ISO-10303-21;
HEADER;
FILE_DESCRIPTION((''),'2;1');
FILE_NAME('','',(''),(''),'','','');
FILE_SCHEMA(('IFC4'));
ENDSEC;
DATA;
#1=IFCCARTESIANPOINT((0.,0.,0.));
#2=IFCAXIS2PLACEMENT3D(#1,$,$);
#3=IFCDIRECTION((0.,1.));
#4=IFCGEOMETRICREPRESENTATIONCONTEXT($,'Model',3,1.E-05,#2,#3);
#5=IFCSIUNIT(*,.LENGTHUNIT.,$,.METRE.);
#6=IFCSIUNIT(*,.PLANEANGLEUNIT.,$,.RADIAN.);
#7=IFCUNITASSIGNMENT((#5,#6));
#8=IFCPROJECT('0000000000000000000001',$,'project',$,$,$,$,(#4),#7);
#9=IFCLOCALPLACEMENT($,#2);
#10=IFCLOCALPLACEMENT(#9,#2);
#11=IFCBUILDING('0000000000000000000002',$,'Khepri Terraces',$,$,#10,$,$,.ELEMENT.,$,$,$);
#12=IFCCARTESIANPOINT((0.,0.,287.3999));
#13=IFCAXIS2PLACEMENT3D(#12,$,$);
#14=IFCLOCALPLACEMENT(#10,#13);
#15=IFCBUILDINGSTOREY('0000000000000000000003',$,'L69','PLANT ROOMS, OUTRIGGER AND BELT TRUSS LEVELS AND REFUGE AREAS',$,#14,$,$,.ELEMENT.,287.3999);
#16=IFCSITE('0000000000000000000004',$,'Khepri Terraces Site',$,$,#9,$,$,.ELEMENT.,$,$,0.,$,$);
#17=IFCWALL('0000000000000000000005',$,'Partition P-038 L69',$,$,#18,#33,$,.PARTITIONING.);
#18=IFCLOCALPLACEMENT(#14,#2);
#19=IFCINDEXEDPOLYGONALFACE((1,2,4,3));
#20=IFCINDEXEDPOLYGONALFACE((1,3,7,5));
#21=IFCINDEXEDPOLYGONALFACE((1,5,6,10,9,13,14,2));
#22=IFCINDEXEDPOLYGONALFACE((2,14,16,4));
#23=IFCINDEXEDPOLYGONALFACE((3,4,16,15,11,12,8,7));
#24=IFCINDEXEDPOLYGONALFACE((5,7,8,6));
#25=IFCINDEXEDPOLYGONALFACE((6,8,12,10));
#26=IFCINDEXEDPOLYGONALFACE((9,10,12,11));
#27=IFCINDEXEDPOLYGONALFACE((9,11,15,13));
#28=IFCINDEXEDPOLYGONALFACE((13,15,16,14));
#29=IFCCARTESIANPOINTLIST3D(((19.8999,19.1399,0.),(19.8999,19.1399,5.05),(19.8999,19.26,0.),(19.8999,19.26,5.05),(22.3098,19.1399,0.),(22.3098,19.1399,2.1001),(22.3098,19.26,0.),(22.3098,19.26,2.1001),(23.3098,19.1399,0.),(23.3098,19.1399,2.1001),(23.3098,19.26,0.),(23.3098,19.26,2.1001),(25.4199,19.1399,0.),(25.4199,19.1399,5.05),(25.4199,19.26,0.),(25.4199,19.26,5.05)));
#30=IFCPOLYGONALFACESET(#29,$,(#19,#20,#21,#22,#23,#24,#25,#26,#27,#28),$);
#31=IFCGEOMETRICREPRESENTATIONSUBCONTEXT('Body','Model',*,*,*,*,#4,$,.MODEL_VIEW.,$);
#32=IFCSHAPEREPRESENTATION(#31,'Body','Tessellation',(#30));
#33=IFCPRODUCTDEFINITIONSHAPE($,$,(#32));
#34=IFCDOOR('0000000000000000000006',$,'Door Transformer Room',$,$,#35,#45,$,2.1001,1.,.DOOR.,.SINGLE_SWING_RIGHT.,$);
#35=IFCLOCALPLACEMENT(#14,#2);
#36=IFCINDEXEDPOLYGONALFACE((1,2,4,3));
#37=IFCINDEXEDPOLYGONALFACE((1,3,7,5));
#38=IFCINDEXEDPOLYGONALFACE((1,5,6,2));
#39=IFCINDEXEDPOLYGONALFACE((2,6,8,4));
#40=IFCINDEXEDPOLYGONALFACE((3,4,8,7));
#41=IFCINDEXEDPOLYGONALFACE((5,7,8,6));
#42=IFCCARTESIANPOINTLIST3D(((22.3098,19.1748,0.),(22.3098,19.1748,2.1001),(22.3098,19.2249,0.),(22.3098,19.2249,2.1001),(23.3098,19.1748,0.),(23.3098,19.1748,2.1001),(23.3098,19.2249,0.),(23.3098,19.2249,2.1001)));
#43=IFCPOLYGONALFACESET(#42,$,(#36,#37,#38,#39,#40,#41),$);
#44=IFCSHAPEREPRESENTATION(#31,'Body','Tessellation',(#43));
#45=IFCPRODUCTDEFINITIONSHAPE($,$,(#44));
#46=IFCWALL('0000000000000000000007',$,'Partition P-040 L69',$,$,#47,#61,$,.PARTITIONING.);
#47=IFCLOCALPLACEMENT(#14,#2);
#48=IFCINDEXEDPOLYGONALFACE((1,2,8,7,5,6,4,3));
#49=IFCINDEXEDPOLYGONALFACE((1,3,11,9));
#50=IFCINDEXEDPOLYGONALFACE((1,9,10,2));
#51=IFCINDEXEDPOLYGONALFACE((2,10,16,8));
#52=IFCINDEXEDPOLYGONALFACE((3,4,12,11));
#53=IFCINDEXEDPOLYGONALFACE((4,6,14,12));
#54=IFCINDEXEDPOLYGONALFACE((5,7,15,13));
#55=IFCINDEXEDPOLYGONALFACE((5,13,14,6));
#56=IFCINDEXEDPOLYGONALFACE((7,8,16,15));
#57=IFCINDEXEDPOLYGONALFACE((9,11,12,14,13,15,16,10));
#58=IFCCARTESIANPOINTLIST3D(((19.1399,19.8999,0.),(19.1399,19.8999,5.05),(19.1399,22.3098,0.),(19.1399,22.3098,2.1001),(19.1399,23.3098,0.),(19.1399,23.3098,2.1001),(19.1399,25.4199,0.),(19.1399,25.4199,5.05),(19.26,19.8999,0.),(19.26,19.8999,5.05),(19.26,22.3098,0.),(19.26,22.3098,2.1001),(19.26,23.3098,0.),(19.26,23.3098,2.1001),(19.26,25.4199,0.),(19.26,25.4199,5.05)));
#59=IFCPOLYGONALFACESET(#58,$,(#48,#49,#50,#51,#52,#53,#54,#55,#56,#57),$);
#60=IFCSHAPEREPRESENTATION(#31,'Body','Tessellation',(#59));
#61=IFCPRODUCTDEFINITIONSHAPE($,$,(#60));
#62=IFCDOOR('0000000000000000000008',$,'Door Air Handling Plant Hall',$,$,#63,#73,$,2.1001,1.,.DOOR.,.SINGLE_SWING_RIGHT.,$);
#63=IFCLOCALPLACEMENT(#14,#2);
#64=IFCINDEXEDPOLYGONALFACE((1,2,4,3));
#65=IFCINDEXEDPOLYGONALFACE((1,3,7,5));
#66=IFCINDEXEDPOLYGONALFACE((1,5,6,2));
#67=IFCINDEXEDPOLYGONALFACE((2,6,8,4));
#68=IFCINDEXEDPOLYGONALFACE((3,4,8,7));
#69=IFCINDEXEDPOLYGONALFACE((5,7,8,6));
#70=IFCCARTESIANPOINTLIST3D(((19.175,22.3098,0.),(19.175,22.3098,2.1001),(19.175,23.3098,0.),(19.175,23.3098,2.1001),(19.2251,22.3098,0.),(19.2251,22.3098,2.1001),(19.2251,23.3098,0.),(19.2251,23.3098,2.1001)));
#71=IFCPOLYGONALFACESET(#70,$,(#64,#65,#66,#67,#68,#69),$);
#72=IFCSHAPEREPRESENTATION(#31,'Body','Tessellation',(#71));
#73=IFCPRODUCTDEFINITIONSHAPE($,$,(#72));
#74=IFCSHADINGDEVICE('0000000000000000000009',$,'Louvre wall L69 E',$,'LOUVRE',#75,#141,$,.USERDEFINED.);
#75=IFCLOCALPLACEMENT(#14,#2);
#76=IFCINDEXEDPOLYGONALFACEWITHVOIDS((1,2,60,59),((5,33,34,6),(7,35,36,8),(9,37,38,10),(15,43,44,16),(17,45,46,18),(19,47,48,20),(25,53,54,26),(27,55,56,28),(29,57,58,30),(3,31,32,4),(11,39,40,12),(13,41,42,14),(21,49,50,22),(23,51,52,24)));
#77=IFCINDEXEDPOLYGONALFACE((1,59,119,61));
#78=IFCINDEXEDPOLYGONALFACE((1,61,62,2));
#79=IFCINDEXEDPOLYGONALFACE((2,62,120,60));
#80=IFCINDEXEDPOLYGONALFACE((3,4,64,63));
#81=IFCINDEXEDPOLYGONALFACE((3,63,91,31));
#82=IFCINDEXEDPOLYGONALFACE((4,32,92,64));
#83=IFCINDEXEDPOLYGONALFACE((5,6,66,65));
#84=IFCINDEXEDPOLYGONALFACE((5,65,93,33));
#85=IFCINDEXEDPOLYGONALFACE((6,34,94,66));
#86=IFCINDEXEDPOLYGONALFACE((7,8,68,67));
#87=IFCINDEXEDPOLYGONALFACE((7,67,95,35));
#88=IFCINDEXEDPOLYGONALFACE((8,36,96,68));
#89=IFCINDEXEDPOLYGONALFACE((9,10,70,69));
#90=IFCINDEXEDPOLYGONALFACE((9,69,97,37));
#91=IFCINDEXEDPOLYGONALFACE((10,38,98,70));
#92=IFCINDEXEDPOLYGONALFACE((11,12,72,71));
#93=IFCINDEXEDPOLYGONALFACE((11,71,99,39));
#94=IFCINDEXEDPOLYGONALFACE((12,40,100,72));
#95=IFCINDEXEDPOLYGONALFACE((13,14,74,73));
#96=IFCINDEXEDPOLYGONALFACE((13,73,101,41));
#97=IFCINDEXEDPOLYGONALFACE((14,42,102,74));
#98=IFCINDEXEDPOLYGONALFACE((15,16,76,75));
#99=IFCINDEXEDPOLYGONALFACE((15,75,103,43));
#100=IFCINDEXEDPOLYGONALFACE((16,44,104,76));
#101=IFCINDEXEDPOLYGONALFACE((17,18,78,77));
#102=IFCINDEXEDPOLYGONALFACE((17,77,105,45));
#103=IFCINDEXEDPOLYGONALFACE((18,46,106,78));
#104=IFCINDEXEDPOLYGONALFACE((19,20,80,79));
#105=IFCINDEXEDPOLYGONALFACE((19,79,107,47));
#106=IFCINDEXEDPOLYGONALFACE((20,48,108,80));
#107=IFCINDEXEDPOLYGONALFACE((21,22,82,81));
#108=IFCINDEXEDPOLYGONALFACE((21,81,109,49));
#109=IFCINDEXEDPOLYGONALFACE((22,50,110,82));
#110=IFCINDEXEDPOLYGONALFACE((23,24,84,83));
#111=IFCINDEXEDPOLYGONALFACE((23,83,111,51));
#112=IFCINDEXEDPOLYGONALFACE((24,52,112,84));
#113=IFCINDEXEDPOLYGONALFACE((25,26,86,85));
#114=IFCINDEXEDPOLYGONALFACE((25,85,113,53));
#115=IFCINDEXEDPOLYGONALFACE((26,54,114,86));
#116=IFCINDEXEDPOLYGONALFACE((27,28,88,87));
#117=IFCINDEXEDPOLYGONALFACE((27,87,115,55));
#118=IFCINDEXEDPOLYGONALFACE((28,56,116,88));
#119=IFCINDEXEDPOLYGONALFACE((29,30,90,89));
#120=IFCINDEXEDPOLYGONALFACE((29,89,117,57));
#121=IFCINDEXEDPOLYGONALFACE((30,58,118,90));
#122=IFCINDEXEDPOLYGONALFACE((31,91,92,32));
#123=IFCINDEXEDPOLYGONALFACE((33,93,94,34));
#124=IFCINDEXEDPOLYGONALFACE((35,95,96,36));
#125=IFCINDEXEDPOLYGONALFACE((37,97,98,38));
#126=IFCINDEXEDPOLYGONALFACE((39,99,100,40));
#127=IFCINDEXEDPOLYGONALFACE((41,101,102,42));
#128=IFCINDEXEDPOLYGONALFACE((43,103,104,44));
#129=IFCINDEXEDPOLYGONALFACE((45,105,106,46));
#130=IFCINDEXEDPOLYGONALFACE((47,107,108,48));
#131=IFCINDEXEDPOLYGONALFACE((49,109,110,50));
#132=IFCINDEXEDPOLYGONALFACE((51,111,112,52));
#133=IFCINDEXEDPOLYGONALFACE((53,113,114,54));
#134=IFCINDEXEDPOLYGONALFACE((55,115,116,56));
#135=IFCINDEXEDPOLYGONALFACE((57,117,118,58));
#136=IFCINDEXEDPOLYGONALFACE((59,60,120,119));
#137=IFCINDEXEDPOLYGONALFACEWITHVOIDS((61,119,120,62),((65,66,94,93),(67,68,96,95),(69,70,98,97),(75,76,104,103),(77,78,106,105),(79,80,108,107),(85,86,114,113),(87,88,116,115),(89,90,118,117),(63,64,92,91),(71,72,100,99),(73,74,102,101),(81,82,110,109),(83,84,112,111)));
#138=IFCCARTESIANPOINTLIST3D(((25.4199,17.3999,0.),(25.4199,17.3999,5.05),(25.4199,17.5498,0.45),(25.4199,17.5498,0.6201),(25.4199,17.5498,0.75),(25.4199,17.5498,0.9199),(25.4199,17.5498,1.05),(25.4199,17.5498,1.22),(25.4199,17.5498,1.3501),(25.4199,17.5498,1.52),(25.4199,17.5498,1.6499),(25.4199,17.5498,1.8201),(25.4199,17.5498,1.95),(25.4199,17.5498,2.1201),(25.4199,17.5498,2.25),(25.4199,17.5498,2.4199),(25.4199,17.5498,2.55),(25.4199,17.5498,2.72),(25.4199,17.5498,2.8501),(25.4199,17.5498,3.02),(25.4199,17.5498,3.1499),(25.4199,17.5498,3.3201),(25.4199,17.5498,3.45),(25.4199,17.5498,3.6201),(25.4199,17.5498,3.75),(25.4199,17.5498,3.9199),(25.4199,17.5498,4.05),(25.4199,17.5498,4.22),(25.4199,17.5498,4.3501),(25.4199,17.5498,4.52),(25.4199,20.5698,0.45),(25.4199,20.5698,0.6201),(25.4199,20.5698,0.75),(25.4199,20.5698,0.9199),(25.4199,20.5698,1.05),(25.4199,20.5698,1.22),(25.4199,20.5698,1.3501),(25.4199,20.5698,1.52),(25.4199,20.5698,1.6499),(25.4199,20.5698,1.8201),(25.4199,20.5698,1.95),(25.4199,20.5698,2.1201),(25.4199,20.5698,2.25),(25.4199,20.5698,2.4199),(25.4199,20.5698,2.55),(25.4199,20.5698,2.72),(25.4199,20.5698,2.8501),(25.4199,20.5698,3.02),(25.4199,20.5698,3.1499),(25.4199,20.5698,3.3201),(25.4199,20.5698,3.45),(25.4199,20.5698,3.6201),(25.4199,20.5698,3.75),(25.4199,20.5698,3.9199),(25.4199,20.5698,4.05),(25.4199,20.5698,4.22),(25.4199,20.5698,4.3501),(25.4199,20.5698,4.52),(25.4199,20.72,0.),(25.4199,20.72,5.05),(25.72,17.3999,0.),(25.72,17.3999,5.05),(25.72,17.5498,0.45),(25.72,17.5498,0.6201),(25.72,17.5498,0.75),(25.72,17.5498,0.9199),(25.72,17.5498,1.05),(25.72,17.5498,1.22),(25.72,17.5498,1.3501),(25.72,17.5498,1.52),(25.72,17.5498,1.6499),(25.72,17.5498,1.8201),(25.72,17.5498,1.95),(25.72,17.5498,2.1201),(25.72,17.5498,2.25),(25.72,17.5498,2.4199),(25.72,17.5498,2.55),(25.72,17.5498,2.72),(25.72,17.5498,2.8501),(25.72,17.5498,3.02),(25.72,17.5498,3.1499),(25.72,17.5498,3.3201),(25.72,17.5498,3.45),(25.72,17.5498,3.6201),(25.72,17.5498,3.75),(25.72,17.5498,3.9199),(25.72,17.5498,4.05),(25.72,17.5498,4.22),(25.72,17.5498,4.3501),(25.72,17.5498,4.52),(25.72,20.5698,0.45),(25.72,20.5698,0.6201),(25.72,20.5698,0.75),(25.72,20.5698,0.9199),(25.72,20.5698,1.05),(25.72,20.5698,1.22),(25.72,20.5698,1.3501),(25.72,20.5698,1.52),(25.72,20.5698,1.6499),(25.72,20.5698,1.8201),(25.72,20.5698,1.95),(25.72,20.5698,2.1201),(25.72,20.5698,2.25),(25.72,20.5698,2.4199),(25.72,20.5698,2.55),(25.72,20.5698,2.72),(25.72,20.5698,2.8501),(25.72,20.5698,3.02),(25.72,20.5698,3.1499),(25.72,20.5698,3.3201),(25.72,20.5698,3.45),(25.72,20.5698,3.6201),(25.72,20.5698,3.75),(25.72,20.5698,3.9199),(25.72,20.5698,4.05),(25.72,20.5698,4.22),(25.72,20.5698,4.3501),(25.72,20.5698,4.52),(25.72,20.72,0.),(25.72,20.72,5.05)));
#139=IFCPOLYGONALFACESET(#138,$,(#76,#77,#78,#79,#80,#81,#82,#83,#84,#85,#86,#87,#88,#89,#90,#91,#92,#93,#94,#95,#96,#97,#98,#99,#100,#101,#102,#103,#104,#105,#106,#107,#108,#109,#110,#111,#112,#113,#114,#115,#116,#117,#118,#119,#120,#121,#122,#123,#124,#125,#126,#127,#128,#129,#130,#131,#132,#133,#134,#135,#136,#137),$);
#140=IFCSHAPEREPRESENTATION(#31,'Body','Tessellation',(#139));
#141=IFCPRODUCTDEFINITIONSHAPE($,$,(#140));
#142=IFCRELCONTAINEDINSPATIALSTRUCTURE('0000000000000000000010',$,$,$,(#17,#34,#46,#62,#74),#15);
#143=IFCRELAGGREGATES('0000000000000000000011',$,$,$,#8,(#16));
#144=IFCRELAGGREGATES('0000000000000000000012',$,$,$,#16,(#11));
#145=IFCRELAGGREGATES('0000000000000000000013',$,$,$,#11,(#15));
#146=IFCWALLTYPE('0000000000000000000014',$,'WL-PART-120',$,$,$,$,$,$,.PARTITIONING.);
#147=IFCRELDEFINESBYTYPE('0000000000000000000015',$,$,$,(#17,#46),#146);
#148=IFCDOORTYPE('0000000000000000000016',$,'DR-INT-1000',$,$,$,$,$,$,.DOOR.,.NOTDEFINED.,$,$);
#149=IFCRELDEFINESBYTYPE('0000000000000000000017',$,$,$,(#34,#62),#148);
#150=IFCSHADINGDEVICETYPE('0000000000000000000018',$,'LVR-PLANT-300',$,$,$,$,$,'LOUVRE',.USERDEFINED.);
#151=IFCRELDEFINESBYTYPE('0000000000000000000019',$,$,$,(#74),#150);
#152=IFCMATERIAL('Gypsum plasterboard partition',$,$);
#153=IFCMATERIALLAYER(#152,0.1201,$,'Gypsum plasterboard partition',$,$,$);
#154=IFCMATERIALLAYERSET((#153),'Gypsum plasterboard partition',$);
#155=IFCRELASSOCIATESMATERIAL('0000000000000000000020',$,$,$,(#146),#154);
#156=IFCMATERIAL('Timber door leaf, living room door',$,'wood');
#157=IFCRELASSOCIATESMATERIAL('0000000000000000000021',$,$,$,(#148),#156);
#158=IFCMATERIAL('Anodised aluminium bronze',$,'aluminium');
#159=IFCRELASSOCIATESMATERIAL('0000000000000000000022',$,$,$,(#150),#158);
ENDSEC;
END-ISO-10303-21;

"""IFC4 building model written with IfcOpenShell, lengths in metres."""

from ifc_helpers import new_model, si_unit, direction, frame, frame_2d, origin, place, context, subcontext, project, spatial, polyline, rectangle, outline, extrude, material, layer, layer_set, type_object, element, fill, save


model = new_model("IFC4")

# Units and contexts
model_context = context("Model", 3, precision=1e-05, world=origin(), true_north=direction((0.0, 1.0)))
body_context = subcontext(model_context, "Body", "Model", "MODEL_VIEW")
ifc_project = project(units=[si_unit("LENGTHUNIT", "METRE"), si_unit("PLANEANGLEUNIT", "RADIAN")], contexts=[model_context])

# Site, building, storey
site_placement = place(None, origin())
site = spatial("IfcSite", under=ifc_project, at=site_placement, Name="Khepri Terraces Site", CompositionType="ELEMENT", RefElevation=0.0)
building_placement = place(site_placement, origin())
building = spatial("IfcBuilding", under=site, at=building_placement, Name="Khepri Terraces", CompositionType="ELEMENT")
storey_placement = place(building_placement, frame((0.0, 0.0, 287.3999)))
storey = spatial("IfcBuildingStorey", under=building, at=storey_placement, Name="L69", Description="PLANT ROOMS, OUTRIGGER AND BELT TRUSS LEVELS AND REFUGE AREAS", CompositionType="ELEMENT", Elevation=287.3999)

# Walls, openings, doors
ifc_material_1 = material(Name="Gypsum plasterboard partition")
ifc_layer_1 = layer(ifc_material_1, 0.1201, Name="Gypsum plasterboard partition")
ifc_layer_set_1 = layer_set([ifc_layer_1], Name="Gypsum plasterboard partition")
wall_type = type_object("IfcWallType", Name="WL-PART-120", PredefinedType="PARTITIONING", material=ifc_layer_set_1)
wall_1_placement = place(storey_placement, frame((19.8999, 19.2, 0.0), z_axis=(0.0, 0.0, 1.0), x_axis=(1.0, 0.0, 0.0)))
wall_1 = element("IfcWall", 1, at=wall_1_placement, inside=storey, type_object=wall_type, Name="Partition P-038 L69", PredefinedType="PARTITIONING", context=body_context, shape_type="SweptSolid", body=[
    extrude(rectangle(XDim=5.52, YDim=0.1201, at=frame_2d((2.76, 0.0))), origin(), (0.0, 0.0, 1.0), 5.05),
])
opening_1_placement = place(wall_1_placement, frame((2.4099, 0.0, 0.0)))
opening_1 = element("IfcOpeningElement", 2, at=opening_1_placement, cuts=wall_1, PredefinedType="OPENING", context=body_context, shape_type="SweptSolid", body=[
    extrude(rectangle(XDim=1.0, YDim=2.1001, at=frame_2d((0.5, 1.05))), frame((0.0, 0.0701, 0.0), z_axis=(0.0, -1.0, 0.0), x_axis=(1.0, 0.0, 0.0)), (0.0, 0.0, 1.0), 0.1401),
])
ifc_material_2 = material(Name="Timber door leaf, living room door", Category="wood")
door_type = type_object("IfcDoorType", Name="DR-INT-1000", OperationType="NOTDEFINED", PredefinedType="DOOR", material=ifc_material_2)
door_1_placement = place(opening_1_placement, origin())
door_1 = element("IfcDoor", 3, at=door_1_placement, inside=storey, type_object=door_type, Name="Door Transformer Room", OperationType="SINGLE_SWING_RIGHT", OverallHeight=2.1001, OverallWidth=1.0, PredefinedType="DOOR", context=body_context, shape_type="SweptSolid", body=[
    extrude(rectangle(XDim=1.0, YDim=2.1001, at=frame_2d((0.5, 1.05))), frame((0.0, 0.0249, 0.0), z_axis=(0.0, -1.0, 0.0), x_axis=(1.0, 0.0, 0.0)), (0.0, 0.0, 1.0), 0.05),
])
fill(opening_1, door_1)
wall_2_placement = place(storey_placement, frame((19.2, 19.8999, 0.0), z_axis=(0.0, 0.0, 1.0), x_axis=(0.0, 1.0, 0.0)))
wall_2 = element("IfcWall", 4, at=wall_2_placement, inside=storey, type_object=wall_type, Name="Partition P-040 L69", PredefinedType="PARTITIONING", context=body_context, shape_type="SweptSolid", body=[
    extrude(rectangle(XDim=5.52, YDim=0.1201, at=frame_2d((2.76, 0.0))), origin(), (0.0, 0.0, 1.0), 5.05),
])
opening_2_placement = place(wall_2_placement, frame((2.4099, 0.0, 0.0)))
opening_2 = element("IfcOpeningElement", 5, at=opening_2_placement, cuts=wall_2, PredefinedType="OPENING", context=body_context, shape_type="SweptSolid", body=[
    extrude(rectangle(XDim=1.0, YDim=2.1001, at=frame_2d((0.5, 1.05))), frame((0.0, 0.0701, 0.0), z_axis=(0.0, -1.0, 0.0), x_axis=(1.0, 0.0, 0.0)), (0.0, 0.0, 1.0), 0.1401),
])
door_2_placement = place(opening_2_placement, origin())
door_2 = element("IfcDoor", 6, at=door_2_placement, inside=storey, type_object=door_type, Name="Door Air Handling Plant Hall", OperationType="SINGLE_SWING_RIGHT", OverallHeight=2.1001, OverallWidth=1.0, PredefinedType="DOOR", context=body_context, shape_type="SweptSolid", body=[
    extrude(rectangle(XDim=1.0, YDim=2.1001, at=frame_2d((0.5, 1.05))), frame((0.0, 0.0249, 0.0), z_axis=(0.0, -1.0, 0.0), x_axis=(1.0, 0.0, 0.0)), (0.0, 0.0, 1.0), 0.05),
])
fill(opening_2, door_2)

# Shading device
ifc_material_3 = material(Name="Anodised aluminium bronze", Category="aluminium")
shading_device_type = type_object("IfcShadingDeviceType", Name="LVR-PLANT-300", ElementType="LOUVRE", PredefinedType="USERDEFINED", material=ifc_material_3)
shading_device_1_placement = place(storey_placement, frame((25.4199, 17.3999, 0.0), z_axis=(1.0, 0.0, 0.0), x_axis=(0.0, 1.0, 0.0)))
element("IfcShadingDevice", 7, at=shading_device_1_placement, inside=storey, type_object=shading_device_type, Name="Louvre wall L69 E", ObjectType="LOUVRE", PredefinedType="USERDEFINED", context=body_context, shape_type="SweptSolid", body=[
    extrude(outline(polyline([(0.0, 0.0), (3.3201, 0.0), (3.3201, 5.05), (0.0, 5.05), (0.0, 0.0)]), holes=[polyline([(0.1499, 0.45), (3.1699, 0.45), (3.1699, 0.6201), (0.1499, 0.6201), (0.1499, 0.45)]), polyline([(0.1499, 0.75), (3.1699, 0.75), (3.1699, 0.9199), (0.1499, 0.9199), (0.1499, 0.75)]), polyline([(0.1499, 1.05), (3.1699, 1.05), (3.1699, 1.22), (0.1499, 1.22), (0.1499, 1.05)]), polyline([(0.1499, 1.3501), (3.1699, 1.3501), (3.1699, 1.52), (0.1499, 1.52), (0.1499, 1.3501)]), polyline([(0.1499, 1.6499), (3.1699, 1.6499), (3.1699, 1.8201), (0.1499, 1.8201), (0.1499, 1.6499)]), polyline([(0.1499, 1.95), (3.1699, 1.95), (3.1699, 2.1201), (0.1499, 2.1201), (0.1499, 1.95)]), polyline([(0.1499, 2.25), (3.1699, 2.25), (3.1699, 2.4199), (0.1499, 2.4199), (0.1499, 2.25)]), polyline([(0.1499, 2.55), (3.1699, 2.55), (3.1699, 2.72), (0.1499, 2.72), (0.1499, 2.55)]), polyline([(0.1499, 2.8501), (3.1699, 2.8501), (3.1699, 3.02), (0.1499, 3.02), (0.1499, 2.8501)]), polyline([(0.1499, 3.1499), (3.1699, 3.1499), (3.1699, 3.3201), (0.1499, 3.3201), (0.1499, 3.1499)]), polyline([(0.1499, 3.45), (3.1699, 3.45), (3.1699, 3.6201), (0.1499, 3.6201), (0.1499, 3.45)]), polyline([(0.1499, 3.75), (3.1699, 3.75), (3.1699, 3.9199), (0.1499, 3.9199), (0.1499, 3.75)]), polyline([(0.1499, 4.05), (3.1699, 4.05), (3.1699, 4.22), (0.1499, 4.22), (0.1499, 4.05)]), polyline([(0.1499, 4.3501), (3.1699, 4.3501), (3.1699, 4.52), (0.1499, 4.52), (0.1499, 4.3501)])]), origin(), (0.0, 0.0, 1.0), 0.3),
])

save(model, "model.ifc")
